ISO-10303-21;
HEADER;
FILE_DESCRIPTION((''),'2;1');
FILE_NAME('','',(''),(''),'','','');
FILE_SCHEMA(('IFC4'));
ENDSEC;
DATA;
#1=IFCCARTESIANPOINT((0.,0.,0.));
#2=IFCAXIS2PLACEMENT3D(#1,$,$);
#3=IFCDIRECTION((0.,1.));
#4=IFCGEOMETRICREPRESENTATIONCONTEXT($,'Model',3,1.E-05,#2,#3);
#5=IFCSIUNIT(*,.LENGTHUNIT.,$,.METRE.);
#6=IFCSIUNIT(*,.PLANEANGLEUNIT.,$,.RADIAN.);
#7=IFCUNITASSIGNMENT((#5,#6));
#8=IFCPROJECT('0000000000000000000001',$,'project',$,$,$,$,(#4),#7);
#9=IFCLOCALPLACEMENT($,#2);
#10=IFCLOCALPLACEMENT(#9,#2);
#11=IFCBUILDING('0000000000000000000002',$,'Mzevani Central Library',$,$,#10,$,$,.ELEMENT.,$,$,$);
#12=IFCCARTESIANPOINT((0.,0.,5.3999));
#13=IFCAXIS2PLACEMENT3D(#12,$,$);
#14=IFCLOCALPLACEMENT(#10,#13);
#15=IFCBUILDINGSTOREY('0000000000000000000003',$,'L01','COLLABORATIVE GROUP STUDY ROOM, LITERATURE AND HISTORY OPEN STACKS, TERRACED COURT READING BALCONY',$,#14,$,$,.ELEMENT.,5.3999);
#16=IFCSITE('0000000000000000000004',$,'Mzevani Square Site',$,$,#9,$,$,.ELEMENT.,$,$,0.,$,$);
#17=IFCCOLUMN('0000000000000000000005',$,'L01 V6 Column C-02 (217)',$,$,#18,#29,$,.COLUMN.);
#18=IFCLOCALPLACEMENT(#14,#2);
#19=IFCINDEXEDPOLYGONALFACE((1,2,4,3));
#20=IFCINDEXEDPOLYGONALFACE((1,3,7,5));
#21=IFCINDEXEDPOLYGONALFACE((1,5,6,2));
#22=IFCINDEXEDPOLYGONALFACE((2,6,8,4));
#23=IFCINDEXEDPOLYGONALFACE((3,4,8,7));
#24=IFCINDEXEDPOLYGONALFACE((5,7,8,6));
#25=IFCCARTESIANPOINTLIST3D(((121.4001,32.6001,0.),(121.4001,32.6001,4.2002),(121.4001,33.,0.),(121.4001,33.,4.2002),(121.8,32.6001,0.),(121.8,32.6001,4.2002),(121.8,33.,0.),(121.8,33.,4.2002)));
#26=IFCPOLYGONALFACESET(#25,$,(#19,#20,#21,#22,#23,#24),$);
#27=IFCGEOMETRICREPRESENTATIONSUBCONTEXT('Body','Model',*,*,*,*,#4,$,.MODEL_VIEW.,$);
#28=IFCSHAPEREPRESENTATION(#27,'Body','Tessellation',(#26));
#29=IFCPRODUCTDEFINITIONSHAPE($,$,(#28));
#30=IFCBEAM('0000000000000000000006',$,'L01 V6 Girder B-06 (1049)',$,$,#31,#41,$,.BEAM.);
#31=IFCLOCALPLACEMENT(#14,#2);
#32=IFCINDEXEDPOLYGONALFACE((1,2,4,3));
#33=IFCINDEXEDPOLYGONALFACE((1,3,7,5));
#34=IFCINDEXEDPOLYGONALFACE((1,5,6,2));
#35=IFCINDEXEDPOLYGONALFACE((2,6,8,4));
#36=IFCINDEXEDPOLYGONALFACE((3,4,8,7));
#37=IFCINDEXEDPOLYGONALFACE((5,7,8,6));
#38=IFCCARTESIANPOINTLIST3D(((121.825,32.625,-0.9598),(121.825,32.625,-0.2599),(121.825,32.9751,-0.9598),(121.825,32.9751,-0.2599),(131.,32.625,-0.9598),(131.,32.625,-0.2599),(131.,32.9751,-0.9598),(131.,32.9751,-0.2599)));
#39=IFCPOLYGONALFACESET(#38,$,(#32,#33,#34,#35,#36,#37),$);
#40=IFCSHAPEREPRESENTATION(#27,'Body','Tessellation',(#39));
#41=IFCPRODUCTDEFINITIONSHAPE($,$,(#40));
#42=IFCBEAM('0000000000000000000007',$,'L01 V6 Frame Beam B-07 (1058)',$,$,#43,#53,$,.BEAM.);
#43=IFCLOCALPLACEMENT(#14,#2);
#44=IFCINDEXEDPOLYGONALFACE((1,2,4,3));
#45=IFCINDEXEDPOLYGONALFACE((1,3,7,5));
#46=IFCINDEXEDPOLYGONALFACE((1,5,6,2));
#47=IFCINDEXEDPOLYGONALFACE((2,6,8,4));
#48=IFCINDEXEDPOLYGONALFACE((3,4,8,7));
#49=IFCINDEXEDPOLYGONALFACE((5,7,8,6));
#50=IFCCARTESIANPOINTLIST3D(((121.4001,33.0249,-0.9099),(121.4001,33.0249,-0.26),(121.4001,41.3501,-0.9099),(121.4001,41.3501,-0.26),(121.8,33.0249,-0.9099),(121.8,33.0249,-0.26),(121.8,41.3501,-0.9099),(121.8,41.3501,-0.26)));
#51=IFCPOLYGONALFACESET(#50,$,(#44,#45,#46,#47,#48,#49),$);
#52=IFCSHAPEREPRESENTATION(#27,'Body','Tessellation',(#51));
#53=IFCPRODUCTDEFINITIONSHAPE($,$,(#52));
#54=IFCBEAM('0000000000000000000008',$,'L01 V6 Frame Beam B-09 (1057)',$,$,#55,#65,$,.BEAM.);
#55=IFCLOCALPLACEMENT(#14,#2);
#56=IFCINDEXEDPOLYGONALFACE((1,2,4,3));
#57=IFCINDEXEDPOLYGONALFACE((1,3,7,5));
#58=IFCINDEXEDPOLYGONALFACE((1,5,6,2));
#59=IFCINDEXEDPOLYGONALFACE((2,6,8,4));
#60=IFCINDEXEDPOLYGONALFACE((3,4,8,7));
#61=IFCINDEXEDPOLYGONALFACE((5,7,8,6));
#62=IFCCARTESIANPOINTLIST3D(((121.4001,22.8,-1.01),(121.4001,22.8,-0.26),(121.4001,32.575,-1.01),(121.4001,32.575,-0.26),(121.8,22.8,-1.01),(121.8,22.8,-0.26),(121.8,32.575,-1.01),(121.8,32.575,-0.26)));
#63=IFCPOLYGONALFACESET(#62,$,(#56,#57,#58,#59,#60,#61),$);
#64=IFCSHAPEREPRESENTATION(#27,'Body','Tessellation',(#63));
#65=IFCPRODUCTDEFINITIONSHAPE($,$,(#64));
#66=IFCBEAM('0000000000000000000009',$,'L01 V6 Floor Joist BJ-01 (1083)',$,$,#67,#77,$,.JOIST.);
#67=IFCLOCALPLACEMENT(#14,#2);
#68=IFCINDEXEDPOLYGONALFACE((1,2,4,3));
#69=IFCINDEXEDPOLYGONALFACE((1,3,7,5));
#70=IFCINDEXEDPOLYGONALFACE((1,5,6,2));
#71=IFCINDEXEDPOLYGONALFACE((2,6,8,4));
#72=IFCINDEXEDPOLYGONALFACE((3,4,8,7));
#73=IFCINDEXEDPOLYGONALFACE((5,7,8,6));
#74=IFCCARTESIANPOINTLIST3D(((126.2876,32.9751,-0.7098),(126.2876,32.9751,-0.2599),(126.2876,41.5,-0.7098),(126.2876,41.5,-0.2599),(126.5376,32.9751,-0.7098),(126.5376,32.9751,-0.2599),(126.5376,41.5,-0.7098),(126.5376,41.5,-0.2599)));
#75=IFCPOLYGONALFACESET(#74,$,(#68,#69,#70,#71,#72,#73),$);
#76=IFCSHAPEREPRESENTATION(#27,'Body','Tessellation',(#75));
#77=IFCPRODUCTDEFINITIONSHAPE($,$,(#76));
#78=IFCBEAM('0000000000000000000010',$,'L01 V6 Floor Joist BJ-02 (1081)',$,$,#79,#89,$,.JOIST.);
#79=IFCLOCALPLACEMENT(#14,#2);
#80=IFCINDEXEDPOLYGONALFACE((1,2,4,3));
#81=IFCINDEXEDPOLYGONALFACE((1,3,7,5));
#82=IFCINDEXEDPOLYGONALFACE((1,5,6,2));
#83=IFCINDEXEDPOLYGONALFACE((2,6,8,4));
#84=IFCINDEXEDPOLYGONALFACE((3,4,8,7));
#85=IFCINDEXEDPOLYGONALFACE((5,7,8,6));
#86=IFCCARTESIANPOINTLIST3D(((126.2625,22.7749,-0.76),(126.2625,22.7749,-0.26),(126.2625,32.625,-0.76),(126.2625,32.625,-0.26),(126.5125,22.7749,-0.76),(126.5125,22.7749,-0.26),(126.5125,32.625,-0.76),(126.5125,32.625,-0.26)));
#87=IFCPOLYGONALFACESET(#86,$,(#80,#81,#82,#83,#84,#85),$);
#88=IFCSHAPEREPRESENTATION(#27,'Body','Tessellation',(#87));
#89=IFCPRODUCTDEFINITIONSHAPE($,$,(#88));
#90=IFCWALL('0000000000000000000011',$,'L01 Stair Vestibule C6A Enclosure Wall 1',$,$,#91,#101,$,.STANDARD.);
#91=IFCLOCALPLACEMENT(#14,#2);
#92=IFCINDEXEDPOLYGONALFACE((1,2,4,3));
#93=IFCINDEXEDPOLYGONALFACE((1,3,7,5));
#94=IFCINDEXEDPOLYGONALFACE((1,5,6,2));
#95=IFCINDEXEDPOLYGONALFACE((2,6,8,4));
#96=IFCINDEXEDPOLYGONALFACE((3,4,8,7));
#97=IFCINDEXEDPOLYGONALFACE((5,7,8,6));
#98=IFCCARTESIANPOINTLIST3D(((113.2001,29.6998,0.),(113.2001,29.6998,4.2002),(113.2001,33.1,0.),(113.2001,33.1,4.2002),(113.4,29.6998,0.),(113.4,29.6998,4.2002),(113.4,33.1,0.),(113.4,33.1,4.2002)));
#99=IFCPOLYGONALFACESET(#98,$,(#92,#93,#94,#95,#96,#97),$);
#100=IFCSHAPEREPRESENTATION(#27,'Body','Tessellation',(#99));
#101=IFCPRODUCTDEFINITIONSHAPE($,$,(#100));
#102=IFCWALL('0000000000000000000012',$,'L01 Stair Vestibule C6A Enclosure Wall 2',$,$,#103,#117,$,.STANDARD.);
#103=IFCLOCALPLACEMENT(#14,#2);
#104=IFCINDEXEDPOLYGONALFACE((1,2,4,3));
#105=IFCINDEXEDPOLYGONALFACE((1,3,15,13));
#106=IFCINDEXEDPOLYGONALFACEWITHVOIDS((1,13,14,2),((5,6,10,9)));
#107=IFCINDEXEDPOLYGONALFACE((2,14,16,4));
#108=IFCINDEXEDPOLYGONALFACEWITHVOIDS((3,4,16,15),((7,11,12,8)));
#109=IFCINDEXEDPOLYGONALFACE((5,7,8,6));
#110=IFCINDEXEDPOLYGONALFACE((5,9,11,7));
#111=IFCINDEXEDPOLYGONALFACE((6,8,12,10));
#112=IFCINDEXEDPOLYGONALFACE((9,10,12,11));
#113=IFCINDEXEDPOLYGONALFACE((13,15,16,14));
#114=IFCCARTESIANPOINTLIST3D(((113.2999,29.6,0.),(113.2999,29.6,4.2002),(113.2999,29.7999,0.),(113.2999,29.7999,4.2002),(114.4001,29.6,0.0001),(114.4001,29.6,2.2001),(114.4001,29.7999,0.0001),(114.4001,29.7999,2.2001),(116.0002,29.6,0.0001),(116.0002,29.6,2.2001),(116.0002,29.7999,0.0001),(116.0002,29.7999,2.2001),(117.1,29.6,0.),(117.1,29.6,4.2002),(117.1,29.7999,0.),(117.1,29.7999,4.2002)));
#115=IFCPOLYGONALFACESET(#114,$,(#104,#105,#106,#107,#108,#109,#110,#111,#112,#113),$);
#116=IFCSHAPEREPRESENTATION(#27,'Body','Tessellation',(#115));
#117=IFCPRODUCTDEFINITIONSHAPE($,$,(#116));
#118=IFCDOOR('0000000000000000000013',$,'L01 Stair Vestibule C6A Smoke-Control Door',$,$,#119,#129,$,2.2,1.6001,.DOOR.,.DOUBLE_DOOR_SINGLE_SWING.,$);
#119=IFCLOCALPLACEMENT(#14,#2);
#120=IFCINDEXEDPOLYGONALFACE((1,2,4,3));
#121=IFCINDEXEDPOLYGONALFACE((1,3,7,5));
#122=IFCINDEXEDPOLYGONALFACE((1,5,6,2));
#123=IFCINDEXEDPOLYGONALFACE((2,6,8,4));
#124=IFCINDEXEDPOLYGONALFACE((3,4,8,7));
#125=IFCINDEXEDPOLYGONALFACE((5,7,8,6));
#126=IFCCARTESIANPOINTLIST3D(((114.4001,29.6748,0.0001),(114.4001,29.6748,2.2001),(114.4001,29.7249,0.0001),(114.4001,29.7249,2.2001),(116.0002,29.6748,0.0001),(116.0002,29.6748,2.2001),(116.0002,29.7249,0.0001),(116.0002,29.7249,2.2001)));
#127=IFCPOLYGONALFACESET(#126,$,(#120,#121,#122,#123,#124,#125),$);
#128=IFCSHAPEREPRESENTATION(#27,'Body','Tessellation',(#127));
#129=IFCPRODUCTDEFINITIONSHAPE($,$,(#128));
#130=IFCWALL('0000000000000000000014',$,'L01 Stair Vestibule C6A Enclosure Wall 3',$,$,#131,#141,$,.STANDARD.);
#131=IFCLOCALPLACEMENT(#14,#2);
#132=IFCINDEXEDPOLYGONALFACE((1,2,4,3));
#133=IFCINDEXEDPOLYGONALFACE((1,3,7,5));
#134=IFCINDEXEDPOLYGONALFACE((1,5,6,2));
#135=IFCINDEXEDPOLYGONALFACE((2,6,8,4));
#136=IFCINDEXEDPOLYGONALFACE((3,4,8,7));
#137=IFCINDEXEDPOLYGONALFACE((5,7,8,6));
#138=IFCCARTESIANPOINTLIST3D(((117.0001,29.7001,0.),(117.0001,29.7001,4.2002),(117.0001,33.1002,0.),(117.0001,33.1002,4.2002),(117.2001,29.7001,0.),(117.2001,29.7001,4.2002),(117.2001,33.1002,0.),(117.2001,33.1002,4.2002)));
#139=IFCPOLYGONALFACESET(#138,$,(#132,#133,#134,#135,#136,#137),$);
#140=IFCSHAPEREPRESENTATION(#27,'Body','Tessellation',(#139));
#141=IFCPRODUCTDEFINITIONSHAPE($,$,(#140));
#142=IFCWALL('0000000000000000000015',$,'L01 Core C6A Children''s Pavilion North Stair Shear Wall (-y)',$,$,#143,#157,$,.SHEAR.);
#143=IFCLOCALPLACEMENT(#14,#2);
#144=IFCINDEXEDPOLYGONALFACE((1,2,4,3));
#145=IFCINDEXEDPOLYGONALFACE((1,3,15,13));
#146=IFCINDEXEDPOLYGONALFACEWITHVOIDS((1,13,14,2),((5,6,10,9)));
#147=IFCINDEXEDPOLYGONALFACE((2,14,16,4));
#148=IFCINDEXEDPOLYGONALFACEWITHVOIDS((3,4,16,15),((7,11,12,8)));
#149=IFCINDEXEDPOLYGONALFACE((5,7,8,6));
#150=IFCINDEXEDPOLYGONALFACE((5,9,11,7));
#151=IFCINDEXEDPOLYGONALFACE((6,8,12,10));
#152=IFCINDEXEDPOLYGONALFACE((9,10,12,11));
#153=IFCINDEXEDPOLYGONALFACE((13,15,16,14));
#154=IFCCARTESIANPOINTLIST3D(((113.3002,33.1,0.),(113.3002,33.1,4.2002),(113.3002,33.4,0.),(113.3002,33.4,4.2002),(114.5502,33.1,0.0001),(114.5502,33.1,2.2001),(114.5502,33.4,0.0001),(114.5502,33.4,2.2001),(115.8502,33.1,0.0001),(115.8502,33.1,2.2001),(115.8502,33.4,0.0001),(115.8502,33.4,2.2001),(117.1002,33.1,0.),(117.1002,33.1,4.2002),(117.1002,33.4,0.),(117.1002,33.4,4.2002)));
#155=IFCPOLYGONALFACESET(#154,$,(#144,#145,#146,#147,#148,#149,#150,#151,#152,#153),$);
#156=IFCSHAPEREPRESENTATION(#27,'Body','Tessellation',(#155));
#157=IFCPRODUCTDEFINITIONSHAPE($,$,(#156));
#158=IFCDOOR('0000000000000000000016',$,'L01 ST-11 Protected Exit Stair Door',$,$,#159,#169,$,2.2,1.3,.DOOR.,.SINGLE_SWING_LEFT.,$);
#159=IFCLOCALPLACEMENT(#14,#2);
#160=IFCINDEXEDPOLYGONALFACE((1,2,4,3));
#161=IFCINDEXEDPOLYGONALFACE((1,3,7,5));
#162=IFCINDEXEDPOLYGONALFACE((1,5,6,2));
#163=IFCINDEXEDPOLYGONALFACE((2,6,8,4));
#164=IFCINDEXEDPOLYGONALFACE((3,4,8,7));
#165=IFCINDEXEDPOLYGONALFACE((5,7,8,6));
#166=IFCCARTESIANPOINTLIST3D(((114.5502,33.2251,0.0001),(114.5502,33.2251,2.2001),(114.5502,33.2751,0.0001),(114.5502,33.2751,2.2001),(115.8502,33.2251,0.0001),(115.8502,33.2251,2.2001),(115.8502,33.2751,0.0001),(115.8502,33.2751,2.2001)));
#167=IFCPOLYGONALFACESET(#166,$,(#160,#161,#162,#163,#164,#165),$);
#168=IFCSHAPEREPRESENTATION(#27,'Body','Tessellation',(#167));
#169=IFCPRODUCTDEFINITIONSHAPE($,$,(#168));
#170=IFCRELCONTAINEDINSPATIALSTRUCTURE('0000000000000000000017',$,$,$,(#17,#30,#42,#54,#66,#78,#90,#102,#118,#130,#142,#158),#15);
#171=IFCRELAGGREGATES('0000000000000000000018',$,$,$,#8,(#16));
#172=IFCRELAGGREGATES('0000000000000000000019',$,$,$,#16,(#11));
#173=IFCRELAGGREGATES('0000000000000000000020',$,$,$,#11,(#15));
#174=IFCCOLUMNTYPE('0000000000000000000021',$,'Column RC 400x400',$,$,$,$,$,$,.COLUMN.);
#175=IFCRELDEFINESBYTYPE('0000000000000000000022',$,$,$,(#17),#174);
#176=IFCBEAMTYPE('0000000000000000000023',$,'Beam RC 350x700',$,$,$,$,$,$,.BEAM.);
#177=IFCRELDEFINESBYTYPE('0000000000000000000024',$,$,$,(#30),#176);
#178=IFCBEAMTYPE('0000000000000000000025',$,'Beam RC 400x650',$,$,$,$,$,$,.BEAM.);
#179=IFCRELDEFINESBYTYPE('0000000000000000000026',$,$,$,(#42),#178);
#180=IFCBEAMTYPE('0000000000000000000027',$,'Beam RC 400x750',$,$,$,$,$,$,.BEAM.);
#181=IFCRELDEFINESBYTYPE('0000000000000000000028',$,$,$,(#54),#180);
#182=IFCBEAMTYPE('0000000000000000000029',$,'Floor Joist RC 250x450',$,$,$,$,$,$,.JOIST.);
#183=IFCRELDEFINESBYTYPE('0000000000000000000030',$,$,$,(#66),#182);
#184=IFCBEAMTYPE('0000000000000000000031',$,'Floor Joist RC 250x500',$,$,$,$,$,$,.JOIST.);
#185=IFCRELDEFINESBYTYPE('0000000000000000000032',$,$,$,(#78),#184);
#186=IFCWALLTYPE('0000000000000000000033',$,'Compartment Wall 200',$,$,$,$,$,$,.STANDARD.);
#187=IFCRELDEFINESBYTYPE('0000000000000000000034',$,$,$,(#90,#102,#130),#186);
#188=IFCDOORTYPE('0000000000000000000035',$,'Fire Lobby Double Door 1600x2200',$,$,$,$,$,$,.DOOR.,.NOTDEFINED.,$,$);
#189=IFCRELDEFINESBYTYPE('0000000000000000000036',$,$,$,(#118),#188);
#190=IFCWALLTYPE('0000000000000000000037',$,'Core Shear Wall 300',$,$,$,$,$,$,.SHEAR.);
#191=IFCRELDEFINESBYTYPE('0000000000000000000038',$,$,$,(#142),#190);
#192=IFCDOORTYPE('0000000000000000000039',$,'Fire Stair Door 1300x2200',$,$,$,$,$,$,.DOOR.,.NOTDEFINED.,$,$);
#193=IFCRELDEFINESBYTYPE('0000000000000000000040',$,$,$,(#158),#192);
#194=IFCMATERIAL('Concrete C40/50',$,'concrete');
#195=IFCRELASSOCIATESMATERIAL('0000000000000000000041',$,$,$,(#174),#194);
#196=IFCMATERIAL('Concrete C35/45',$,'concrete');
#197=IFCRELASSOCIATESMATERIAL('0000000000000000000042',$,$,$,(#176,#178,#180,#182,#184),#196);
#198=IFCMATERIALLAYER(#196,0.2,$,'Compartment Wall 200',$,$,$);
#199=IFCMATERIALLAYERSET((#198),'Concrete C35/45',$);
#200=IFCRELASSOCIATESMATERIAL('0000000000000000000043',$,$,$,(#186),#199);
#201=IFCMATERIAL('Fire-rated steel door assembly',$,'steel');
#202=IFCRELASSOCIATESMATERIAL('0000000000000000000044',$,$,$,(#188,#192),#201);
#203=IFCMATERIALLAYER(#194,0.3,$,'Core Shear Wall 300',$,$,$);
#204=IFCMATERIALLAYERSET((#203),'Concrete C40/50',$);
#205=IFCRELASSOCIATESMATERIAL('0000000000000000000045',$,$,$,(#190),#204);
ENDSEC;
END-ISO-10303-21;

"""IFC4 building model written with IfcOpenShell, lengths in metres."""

from ifc_helpers import new_model, si_unit, direction, frame, frame_2d, origin, origin_2d, place, context, subcontext, project, spatial, rectangle, extrude, material, layer, layer_set, material_profile, profile_set, type_object, element, fill, save


model = new_model("IFC4")

# Units and contexts
model_context = context("Model", 3, precision=1e-05, world=origin(), true_north=direction((0.0, 1.0)))
body_context = subcontext(model_context, "Body", "Model", "MODEL_VIEW")
ifc_project = project(units=[si_unit("LENGTHUNIT", "METRE"), si_unit("PLANEANGLEUNIT", "RADIAN")], contexts=[model_context])

# Site, building, storey
site_placement = place(None, origin())
site = spatial("IfcSite", under=ifc_project, at=site_placement, Name="Mzevani Square Site", CompositionType="ELEMENT", RefElevation=0.0)
building_placement = place(site_placement, origin())
building = spatial("IfcBuilding", under=site, at=building_placement, Name="Mzevani Central Library", CompositionType="ELEMENT")
storey_placement = place(building_placement, frame((0.0, 0.0, 5.3999)))
storey = spatial("IfcBuildingStorey", under=building, at=storey_placement, Name="L01", Description="COLLABORATIVE GROUP STUDY ROOM, LITERATURE AND HISTORY OPEN STACKS, TERRACED COURT READING BALCONY", CompositionType="ELEMENT", Elevation=5.3999)

# Column
ifc_material_1 = material(Name="Concrete C40/50", Category="concrete")
ifc_material_profile_1 = material_profile(ifc_material_1, rectangle(XDim=0.3999, YDim=0.3999, at=origin_2d()), Name="RC 400x400")
ifc_profile_set_1 = profile_set([ifc_material_profile_1], Name="Concrete C40/50")
column_type = type_object("IfcColumnType", Name="Column RC 400x400", PredefinedType="COLUMN", material=ifc_profile_set_1)
column_placement = place(storey_placement, frame((121.6001, 32.8, 0.0), z_axis=(0.0, 0.0, 1.0), x_axis=(1.0, 0.0, 0.0)))
element("IfcColumn", 1, at=column_placement, inside=storey, type_object=column_type, Name="L01 V6 Column C-02 (217)", PredefinedType="COLUMN", context=body_context, shape_type="SweptSolid", body=[
    extrude(rectangle(XDim=0.3999, YDim=0.3999, at=origin_2d()), origin(), (0.0, 0.0, 1.0), 4.2002),
])

# Beams
ifc_material_2 = material(Name="Concrete C35/45", Category="concrete")
ifc_material_profile_2 = material_profile(ifc_material_2, rectangle(XDim=0.3501, YDim=0.7, at=origin_2d()), Name="RC B350x700")
ifc_profile_set_2 = profile_set([ifc_material_profile_2], Name="Concrete C35/45")
beam_type_1 = type_object("IfcBeamType", Name="Beam RC 350x700", PredefinedType="BEAM", material=ifc_profile_set_2)
beam_1_placement = place(storey_placement, frame((121.825, 32.8, -0.6099), z_axis=(1.0, 0.0, 0.0), x_axis=(0.0, 1.0, 0.0)))
element("IfcBeam", 2, at=beam_1_placement, inside=storey, type_object=beam_type_1, Name="L01 V6 Girder B-06 (1049)", PredefinedType="BEAM", context=body_context, shape_type="SweptSolid", body=[
    extrude(rectangle(XDim=0.3501, YDim=0.7, at=origin_2d()), origin(), (0.0, 0.0, 1.0), 9.175),
])
ifc_material_profile_3 = material_profile(ifc_material_2, rectangle(XDim=0.3999, YDim=0.6499, at=origin_2d()), Name="RC B400x650")
ifc_profile_set_3 = profile_set([ifc_material_profile_3], Name="Concrete C35/45")
beam_type_2 = type_object("IfcBeamType", Name="Beam RC 400x650", PredefinedType="BEAM", material=ifc_profile_set_3)
beam_2_placement = place(storey_placement, frame((121.6001, 33.0249, -0.585), z_axis=(0.0, 1.0, 0.0), x_axis=(-1.0, 0.0, 0.0)))
element("IfcBeam", 3, at=beam_2_placement, inside=storey, type_object=beam_type_2, Name="L01 V6 Frame Beam B-07 (1058)", PredefinedType="BEAM", context=body_context, shape_type="SweptSolid", body=[
    extrude(rectangle(XDim=0.3999, YDim=0.6499, at=origin_2d()), origin(), (0.0, 0.0, 1.0), 8.3252),
])
ifc_material_profile_4 = material_profile(ifc_material_2, rectangle(XDim=0.3999, YDim=0.75, at=origin_2d()), Name="RC B400x750")
ifc_profile_set_4 = profile_set([ifc_material_profile_4], Name="Concrete C35/45")
beam_type_3 = type_object("IfcBeamType", Name="Beam RC 400x750", PredefinedType="BEAM", material=ifc_profile_set_4)
beam_3_placement = place(storey_placement, frame((121.6001, 22.8, -0.635), z_axis=(0.0, 1.0, 0.0), x_axis=(-1.0, 0.0, 0.0)))
element("IfcBeam", 4, at=beam_3_placement, inside=storey, type_object=beam_type_3, Name="L01 V6 Frame Beam B-09 (1057)", PredefinedType="BEAM", context=body_context, shape_type="SweptSolid", body=[
    extrude(rectangle(XDim=0.3999, YDim=0.75, at=origin_2d()), origin(), (0.0, 0.0, 1.0), 9.7749),
])
ifc_material_profile_5 = material_profile(ifc_material_2, rectangle(XDim=0.25, YDim=0.45, at=origin_2d()), Name="RC J250x450")
ifc_profile_set_5 = profile_set([ifc_material_profile_5], Name="Concrete C35/45")
beam_type_4 = type_object("IfcBeamType", Name="Floor Joist RC 250x450", PredefinedType="JOIST", material=ifc_profile_set_5)
beam_4_placement = place(storey_placement, frame((126.4126, 32.9751, -0.4849), z_axis=(0.0, 1.0, 0.0), x_axis=(-1.0, 0.0, 0.0)))
element("IfcBeam", 5, at=beam_4_placement, inside=storey, type_object=beam_type_4, Name="L01 V6 Floor Joist BJ-01 (1083)", PredefinedType="JOIST", context=body_context, shape_type="SweptSolid", body=[
    extrude(rectangle(XDim=0.25, YDim=0.45, at=origin_2d()), origin(), (0.0, 0.0, 1.0), 8.5249),
])
ifc_material_profile_6 = material_profile(ifc_material_2, rectangle(XDim=0.25, YDim=0.5, at=origin_2d()), Name="RC J250x500")
ifc_profile_set_6 = profile_set([ifc_material_profile_6], Name="Concrete C35/45")
beam_type_5 = type_object("IfcBeamType", Name="Floor Joist RC 250x500", PredefinedType="JOIST", material=ifc_profile_set_6)
beam_5_placement = place(storey_placement, frame((126.3875, 22.7749, -0.51), z_axis=(0.0, 1.0, 0.0), x_axis=(-1.0, 0.0, 0.0)))
element("IfcBeam", 6, at=beam_5_placement, inside=storey, type_object=beam_type_5, Name="L01 V6 Floor Joist BJ-02 (1081)", PredefinedType="JOIST", context=body_context, shape_type="SweptSolid", body=[
    extrude(rectangle(XDim=0.25, YDim=0.5, at=origin_2d()), origin(), (0.0, 0.0, 1.0), 9.8501),
])

# Wall
ifc_layer_1 = layer(ifc_material_2, 0.2, Name="Compartment Wall 200")
ifc_layer_set_1 = layer_set([ifc_layer_1], Name="Concrete C35/45")
wall_type_1 = type_object("IfcWallType", Name="Compartment Wall 200", PredefinedType="STANDARD", material=ifc_layer_set_1)
wall_1_placement = place(storey_placement, frame((113.3, 33.1001, 0.0), z_axis=(0.0, 0.0, 1.0), x_axis=(0.0, -1.0, 0.0)))
element("IfcWall", 7, at=wall_1_placement, inside=storey, type_object=wall_type_1, Name="L01 Stair Vestibule C6A Enclosure Wall 1", PredefinedType="STANDARD", context=body_context, shape_type="SweptSolid", body=[
    extrude(rectangle(XDim=3.4001, YDim=0.2, at=frame_2d((1.7002, 0.0))), origin(), (0.0, 0.0, 1.0), 4.2002),
])

# Wall, opening, door
wall_2_placement = place(storey_placement, frame((113.3, 29.7, 0.0), z_axis=(0.0, 0.0, 1.0), x_axis=(1.0, 0.0, 0.0)))
wall_2 = element("IfcWall", 8, at=wall_2_placement, inside=storey, type_object=wall_type_1, Name="L01 Stair Vestibule C6A Enclosure Wall 2", PredefinedType="STANDARD", context=body_context, shape_type="SweptSolid", body=[
    extrude(rectangle(XDim=3.8, YDim=0.2, at=frame_2d((1.8999, 0.0))), origin(), (0.0, 0.0, 1.0), 4.2002),
])
opening_1_placement = place(wall_2_placement, frame((1.1001, 0.0, 0.0)))
opening_1 = element("IfcOpeningElement", 9, at=opening_1_placement, cuts=wall_2, PredefinedType="OPENING", context=body_context, shape_type="SweptSolid", body=[
    extrude(rectangle(XDim=1.6001, YDim=2.2, at=frame_2d((0.8, 1.1001))), frame((0.0, 0.1099, 0.0), z_axis=(0.0, -1.0, 0.0), x_axis=(1.0, 0.0, 0.0)), (0.0, 0.0, 1.0), 0.22),
])
ifc_material_3 = material(Name="Fire-rated steel door assembly", Category="steel")
door_type_1 = type_object("IfcDoorType", Name="Fire Lobby Double Door 1600x2200", OperationType="NOTDEFINED", PredefinedType="DOOR", material=ifc_material_3)
door_1_placement = place(opening_1_placement, origin())
door_1 = element("IfcDoor", 10, at=door_1_placement, inside=storey, type_object=door_type_1, Name="L01 Stair Vestibule C6A Smoke-Control Door", OperationType="DOUBLE_DOOR_SINGLE_SWING", OverallHeight=2.2, OverallWidth=1.6001, PredefinedType="DOOR", context=body_context, shape_type="SweptSolid", body=[
    extrude(rectangle(XDim=1.6001, YDim=2.2, at=frame_2d((0.8, 1.1001))), frame((0.0, 0.0249, 0.0), z_axis=(0.0, -1.0, 0.0), x_axis=(1.0, 0.0, 0.0)), (0.0, 0.0, 1.0), 0.05),
])
fill(opening_1, door_1)

# Wall
wall_3_placement = place(storey_placement, frame((117.1001, 29.7, 0.0), z_axis=(0.0, 0.0, 1.0), x_axis=(0.0, 1.0, 0.0)))
element("IfcWall", 11, at=wall_3_placement, inside=storey, type_object=wall_type_1, Name="L01 Stair Vestibule C6A Enclosure Wall 3", PredefinedType="STANDARD", context=body_context, shape_type="SweptSolid", body=[
    extrude(rectangle(XDim=3.4001, YDim=0.2, at=frame_2d((1.7002, 0.0))), origin(), (0.0, 0.0, 1.0), 4.2002),
])

# Wall, opening, door
ifc_layer_2 = layer(ifc_material_1, 0.3, Name="Core Shear Wall 300")
ifc_layer_set_2 = layer_set([ifc_layer_2], Name="Concrete C40/50")
wall_type_2 = type_object("IfcWallType", Name="Core Shear Wall 300", PredefinedType="SHEAR", material=ifc_layer_set_2)
wall_4_placement = place(storey_placement, frame((117.1001, 33.25, 0.0), z_axis=(0.0, 0.0, 1.0), x_axis=(-1.0, 0.0, 0.0)))
wall_4 = element("IfcWall", 12, at=wall_4_placement, inside=storey, type_object=wall_type_2, Name="L01 Core C6A Children's Pavilion North Stair Shear Wall (-y)", PredefinedType="SHEAR", context=body_context, shape_type="SweptSolid", body=[
    extrude(rectangle(XDim=3.8, YDim=0.3, at=frame_2d((1.8999, 0.0))), origin(), (0.0, 0.0, 1.0), 4.2002),
])
opening_2_placement = place(wall_4_placement, frame((1.25, 0.0, 0.0)))
opening_2 = element("IfcOpeningElement", 13, at=opening_2_placement, cuts=wall_4, PredefinedType="OPENING", context=body_context, shape_type="SweptSolid", body=[
    extrude(rectangle(XDim=1.3, YDim=2.2, at=frame_2d((0.6499, 1.1001))), frame((0.0, 0.1602, 0.0), z_axis=(0.0, -1.0, 0.0), x_axis=(1.0, 0.0, 0.0)), (0.0, 0.0, 1.0), 0.3201),
])
door_type_2 = type_object("IfcDoorType", Name="Fire Stair Door 1300x2200", OperationType="NOTDEFINED", PredefinedType="DOOR", material=ifc_material_3)
door_2_placement = place(opening_2_placement, origin())
door_2 = element("IfcDoor", 14, at=door_2_placement, inside=storey, type_object=door_type_2, Name="L01 ST-11 Protected Exit Stair Door", OperationType="SINGLE_SWING_LEFT", OverallHeight=2.2, OverallWidth=1.3, PredefinedType="DOOR", context=body_context, shape_type="SweptSolid", body=[
    extrude(rectangle(XDim=1.3, YDim=2.2, at=frame_2d((0.6499, 1.1001))), frame((0.0, 0.0249, 0.0), z_axis=(0.0, -1.0, 0.0), x_axis=(1.0, 0.0, 0.0)), (0.0, 0.0, 1.0), 0.05),
])
fill(opening_2, door_2)

save(model, "model.ifc")
